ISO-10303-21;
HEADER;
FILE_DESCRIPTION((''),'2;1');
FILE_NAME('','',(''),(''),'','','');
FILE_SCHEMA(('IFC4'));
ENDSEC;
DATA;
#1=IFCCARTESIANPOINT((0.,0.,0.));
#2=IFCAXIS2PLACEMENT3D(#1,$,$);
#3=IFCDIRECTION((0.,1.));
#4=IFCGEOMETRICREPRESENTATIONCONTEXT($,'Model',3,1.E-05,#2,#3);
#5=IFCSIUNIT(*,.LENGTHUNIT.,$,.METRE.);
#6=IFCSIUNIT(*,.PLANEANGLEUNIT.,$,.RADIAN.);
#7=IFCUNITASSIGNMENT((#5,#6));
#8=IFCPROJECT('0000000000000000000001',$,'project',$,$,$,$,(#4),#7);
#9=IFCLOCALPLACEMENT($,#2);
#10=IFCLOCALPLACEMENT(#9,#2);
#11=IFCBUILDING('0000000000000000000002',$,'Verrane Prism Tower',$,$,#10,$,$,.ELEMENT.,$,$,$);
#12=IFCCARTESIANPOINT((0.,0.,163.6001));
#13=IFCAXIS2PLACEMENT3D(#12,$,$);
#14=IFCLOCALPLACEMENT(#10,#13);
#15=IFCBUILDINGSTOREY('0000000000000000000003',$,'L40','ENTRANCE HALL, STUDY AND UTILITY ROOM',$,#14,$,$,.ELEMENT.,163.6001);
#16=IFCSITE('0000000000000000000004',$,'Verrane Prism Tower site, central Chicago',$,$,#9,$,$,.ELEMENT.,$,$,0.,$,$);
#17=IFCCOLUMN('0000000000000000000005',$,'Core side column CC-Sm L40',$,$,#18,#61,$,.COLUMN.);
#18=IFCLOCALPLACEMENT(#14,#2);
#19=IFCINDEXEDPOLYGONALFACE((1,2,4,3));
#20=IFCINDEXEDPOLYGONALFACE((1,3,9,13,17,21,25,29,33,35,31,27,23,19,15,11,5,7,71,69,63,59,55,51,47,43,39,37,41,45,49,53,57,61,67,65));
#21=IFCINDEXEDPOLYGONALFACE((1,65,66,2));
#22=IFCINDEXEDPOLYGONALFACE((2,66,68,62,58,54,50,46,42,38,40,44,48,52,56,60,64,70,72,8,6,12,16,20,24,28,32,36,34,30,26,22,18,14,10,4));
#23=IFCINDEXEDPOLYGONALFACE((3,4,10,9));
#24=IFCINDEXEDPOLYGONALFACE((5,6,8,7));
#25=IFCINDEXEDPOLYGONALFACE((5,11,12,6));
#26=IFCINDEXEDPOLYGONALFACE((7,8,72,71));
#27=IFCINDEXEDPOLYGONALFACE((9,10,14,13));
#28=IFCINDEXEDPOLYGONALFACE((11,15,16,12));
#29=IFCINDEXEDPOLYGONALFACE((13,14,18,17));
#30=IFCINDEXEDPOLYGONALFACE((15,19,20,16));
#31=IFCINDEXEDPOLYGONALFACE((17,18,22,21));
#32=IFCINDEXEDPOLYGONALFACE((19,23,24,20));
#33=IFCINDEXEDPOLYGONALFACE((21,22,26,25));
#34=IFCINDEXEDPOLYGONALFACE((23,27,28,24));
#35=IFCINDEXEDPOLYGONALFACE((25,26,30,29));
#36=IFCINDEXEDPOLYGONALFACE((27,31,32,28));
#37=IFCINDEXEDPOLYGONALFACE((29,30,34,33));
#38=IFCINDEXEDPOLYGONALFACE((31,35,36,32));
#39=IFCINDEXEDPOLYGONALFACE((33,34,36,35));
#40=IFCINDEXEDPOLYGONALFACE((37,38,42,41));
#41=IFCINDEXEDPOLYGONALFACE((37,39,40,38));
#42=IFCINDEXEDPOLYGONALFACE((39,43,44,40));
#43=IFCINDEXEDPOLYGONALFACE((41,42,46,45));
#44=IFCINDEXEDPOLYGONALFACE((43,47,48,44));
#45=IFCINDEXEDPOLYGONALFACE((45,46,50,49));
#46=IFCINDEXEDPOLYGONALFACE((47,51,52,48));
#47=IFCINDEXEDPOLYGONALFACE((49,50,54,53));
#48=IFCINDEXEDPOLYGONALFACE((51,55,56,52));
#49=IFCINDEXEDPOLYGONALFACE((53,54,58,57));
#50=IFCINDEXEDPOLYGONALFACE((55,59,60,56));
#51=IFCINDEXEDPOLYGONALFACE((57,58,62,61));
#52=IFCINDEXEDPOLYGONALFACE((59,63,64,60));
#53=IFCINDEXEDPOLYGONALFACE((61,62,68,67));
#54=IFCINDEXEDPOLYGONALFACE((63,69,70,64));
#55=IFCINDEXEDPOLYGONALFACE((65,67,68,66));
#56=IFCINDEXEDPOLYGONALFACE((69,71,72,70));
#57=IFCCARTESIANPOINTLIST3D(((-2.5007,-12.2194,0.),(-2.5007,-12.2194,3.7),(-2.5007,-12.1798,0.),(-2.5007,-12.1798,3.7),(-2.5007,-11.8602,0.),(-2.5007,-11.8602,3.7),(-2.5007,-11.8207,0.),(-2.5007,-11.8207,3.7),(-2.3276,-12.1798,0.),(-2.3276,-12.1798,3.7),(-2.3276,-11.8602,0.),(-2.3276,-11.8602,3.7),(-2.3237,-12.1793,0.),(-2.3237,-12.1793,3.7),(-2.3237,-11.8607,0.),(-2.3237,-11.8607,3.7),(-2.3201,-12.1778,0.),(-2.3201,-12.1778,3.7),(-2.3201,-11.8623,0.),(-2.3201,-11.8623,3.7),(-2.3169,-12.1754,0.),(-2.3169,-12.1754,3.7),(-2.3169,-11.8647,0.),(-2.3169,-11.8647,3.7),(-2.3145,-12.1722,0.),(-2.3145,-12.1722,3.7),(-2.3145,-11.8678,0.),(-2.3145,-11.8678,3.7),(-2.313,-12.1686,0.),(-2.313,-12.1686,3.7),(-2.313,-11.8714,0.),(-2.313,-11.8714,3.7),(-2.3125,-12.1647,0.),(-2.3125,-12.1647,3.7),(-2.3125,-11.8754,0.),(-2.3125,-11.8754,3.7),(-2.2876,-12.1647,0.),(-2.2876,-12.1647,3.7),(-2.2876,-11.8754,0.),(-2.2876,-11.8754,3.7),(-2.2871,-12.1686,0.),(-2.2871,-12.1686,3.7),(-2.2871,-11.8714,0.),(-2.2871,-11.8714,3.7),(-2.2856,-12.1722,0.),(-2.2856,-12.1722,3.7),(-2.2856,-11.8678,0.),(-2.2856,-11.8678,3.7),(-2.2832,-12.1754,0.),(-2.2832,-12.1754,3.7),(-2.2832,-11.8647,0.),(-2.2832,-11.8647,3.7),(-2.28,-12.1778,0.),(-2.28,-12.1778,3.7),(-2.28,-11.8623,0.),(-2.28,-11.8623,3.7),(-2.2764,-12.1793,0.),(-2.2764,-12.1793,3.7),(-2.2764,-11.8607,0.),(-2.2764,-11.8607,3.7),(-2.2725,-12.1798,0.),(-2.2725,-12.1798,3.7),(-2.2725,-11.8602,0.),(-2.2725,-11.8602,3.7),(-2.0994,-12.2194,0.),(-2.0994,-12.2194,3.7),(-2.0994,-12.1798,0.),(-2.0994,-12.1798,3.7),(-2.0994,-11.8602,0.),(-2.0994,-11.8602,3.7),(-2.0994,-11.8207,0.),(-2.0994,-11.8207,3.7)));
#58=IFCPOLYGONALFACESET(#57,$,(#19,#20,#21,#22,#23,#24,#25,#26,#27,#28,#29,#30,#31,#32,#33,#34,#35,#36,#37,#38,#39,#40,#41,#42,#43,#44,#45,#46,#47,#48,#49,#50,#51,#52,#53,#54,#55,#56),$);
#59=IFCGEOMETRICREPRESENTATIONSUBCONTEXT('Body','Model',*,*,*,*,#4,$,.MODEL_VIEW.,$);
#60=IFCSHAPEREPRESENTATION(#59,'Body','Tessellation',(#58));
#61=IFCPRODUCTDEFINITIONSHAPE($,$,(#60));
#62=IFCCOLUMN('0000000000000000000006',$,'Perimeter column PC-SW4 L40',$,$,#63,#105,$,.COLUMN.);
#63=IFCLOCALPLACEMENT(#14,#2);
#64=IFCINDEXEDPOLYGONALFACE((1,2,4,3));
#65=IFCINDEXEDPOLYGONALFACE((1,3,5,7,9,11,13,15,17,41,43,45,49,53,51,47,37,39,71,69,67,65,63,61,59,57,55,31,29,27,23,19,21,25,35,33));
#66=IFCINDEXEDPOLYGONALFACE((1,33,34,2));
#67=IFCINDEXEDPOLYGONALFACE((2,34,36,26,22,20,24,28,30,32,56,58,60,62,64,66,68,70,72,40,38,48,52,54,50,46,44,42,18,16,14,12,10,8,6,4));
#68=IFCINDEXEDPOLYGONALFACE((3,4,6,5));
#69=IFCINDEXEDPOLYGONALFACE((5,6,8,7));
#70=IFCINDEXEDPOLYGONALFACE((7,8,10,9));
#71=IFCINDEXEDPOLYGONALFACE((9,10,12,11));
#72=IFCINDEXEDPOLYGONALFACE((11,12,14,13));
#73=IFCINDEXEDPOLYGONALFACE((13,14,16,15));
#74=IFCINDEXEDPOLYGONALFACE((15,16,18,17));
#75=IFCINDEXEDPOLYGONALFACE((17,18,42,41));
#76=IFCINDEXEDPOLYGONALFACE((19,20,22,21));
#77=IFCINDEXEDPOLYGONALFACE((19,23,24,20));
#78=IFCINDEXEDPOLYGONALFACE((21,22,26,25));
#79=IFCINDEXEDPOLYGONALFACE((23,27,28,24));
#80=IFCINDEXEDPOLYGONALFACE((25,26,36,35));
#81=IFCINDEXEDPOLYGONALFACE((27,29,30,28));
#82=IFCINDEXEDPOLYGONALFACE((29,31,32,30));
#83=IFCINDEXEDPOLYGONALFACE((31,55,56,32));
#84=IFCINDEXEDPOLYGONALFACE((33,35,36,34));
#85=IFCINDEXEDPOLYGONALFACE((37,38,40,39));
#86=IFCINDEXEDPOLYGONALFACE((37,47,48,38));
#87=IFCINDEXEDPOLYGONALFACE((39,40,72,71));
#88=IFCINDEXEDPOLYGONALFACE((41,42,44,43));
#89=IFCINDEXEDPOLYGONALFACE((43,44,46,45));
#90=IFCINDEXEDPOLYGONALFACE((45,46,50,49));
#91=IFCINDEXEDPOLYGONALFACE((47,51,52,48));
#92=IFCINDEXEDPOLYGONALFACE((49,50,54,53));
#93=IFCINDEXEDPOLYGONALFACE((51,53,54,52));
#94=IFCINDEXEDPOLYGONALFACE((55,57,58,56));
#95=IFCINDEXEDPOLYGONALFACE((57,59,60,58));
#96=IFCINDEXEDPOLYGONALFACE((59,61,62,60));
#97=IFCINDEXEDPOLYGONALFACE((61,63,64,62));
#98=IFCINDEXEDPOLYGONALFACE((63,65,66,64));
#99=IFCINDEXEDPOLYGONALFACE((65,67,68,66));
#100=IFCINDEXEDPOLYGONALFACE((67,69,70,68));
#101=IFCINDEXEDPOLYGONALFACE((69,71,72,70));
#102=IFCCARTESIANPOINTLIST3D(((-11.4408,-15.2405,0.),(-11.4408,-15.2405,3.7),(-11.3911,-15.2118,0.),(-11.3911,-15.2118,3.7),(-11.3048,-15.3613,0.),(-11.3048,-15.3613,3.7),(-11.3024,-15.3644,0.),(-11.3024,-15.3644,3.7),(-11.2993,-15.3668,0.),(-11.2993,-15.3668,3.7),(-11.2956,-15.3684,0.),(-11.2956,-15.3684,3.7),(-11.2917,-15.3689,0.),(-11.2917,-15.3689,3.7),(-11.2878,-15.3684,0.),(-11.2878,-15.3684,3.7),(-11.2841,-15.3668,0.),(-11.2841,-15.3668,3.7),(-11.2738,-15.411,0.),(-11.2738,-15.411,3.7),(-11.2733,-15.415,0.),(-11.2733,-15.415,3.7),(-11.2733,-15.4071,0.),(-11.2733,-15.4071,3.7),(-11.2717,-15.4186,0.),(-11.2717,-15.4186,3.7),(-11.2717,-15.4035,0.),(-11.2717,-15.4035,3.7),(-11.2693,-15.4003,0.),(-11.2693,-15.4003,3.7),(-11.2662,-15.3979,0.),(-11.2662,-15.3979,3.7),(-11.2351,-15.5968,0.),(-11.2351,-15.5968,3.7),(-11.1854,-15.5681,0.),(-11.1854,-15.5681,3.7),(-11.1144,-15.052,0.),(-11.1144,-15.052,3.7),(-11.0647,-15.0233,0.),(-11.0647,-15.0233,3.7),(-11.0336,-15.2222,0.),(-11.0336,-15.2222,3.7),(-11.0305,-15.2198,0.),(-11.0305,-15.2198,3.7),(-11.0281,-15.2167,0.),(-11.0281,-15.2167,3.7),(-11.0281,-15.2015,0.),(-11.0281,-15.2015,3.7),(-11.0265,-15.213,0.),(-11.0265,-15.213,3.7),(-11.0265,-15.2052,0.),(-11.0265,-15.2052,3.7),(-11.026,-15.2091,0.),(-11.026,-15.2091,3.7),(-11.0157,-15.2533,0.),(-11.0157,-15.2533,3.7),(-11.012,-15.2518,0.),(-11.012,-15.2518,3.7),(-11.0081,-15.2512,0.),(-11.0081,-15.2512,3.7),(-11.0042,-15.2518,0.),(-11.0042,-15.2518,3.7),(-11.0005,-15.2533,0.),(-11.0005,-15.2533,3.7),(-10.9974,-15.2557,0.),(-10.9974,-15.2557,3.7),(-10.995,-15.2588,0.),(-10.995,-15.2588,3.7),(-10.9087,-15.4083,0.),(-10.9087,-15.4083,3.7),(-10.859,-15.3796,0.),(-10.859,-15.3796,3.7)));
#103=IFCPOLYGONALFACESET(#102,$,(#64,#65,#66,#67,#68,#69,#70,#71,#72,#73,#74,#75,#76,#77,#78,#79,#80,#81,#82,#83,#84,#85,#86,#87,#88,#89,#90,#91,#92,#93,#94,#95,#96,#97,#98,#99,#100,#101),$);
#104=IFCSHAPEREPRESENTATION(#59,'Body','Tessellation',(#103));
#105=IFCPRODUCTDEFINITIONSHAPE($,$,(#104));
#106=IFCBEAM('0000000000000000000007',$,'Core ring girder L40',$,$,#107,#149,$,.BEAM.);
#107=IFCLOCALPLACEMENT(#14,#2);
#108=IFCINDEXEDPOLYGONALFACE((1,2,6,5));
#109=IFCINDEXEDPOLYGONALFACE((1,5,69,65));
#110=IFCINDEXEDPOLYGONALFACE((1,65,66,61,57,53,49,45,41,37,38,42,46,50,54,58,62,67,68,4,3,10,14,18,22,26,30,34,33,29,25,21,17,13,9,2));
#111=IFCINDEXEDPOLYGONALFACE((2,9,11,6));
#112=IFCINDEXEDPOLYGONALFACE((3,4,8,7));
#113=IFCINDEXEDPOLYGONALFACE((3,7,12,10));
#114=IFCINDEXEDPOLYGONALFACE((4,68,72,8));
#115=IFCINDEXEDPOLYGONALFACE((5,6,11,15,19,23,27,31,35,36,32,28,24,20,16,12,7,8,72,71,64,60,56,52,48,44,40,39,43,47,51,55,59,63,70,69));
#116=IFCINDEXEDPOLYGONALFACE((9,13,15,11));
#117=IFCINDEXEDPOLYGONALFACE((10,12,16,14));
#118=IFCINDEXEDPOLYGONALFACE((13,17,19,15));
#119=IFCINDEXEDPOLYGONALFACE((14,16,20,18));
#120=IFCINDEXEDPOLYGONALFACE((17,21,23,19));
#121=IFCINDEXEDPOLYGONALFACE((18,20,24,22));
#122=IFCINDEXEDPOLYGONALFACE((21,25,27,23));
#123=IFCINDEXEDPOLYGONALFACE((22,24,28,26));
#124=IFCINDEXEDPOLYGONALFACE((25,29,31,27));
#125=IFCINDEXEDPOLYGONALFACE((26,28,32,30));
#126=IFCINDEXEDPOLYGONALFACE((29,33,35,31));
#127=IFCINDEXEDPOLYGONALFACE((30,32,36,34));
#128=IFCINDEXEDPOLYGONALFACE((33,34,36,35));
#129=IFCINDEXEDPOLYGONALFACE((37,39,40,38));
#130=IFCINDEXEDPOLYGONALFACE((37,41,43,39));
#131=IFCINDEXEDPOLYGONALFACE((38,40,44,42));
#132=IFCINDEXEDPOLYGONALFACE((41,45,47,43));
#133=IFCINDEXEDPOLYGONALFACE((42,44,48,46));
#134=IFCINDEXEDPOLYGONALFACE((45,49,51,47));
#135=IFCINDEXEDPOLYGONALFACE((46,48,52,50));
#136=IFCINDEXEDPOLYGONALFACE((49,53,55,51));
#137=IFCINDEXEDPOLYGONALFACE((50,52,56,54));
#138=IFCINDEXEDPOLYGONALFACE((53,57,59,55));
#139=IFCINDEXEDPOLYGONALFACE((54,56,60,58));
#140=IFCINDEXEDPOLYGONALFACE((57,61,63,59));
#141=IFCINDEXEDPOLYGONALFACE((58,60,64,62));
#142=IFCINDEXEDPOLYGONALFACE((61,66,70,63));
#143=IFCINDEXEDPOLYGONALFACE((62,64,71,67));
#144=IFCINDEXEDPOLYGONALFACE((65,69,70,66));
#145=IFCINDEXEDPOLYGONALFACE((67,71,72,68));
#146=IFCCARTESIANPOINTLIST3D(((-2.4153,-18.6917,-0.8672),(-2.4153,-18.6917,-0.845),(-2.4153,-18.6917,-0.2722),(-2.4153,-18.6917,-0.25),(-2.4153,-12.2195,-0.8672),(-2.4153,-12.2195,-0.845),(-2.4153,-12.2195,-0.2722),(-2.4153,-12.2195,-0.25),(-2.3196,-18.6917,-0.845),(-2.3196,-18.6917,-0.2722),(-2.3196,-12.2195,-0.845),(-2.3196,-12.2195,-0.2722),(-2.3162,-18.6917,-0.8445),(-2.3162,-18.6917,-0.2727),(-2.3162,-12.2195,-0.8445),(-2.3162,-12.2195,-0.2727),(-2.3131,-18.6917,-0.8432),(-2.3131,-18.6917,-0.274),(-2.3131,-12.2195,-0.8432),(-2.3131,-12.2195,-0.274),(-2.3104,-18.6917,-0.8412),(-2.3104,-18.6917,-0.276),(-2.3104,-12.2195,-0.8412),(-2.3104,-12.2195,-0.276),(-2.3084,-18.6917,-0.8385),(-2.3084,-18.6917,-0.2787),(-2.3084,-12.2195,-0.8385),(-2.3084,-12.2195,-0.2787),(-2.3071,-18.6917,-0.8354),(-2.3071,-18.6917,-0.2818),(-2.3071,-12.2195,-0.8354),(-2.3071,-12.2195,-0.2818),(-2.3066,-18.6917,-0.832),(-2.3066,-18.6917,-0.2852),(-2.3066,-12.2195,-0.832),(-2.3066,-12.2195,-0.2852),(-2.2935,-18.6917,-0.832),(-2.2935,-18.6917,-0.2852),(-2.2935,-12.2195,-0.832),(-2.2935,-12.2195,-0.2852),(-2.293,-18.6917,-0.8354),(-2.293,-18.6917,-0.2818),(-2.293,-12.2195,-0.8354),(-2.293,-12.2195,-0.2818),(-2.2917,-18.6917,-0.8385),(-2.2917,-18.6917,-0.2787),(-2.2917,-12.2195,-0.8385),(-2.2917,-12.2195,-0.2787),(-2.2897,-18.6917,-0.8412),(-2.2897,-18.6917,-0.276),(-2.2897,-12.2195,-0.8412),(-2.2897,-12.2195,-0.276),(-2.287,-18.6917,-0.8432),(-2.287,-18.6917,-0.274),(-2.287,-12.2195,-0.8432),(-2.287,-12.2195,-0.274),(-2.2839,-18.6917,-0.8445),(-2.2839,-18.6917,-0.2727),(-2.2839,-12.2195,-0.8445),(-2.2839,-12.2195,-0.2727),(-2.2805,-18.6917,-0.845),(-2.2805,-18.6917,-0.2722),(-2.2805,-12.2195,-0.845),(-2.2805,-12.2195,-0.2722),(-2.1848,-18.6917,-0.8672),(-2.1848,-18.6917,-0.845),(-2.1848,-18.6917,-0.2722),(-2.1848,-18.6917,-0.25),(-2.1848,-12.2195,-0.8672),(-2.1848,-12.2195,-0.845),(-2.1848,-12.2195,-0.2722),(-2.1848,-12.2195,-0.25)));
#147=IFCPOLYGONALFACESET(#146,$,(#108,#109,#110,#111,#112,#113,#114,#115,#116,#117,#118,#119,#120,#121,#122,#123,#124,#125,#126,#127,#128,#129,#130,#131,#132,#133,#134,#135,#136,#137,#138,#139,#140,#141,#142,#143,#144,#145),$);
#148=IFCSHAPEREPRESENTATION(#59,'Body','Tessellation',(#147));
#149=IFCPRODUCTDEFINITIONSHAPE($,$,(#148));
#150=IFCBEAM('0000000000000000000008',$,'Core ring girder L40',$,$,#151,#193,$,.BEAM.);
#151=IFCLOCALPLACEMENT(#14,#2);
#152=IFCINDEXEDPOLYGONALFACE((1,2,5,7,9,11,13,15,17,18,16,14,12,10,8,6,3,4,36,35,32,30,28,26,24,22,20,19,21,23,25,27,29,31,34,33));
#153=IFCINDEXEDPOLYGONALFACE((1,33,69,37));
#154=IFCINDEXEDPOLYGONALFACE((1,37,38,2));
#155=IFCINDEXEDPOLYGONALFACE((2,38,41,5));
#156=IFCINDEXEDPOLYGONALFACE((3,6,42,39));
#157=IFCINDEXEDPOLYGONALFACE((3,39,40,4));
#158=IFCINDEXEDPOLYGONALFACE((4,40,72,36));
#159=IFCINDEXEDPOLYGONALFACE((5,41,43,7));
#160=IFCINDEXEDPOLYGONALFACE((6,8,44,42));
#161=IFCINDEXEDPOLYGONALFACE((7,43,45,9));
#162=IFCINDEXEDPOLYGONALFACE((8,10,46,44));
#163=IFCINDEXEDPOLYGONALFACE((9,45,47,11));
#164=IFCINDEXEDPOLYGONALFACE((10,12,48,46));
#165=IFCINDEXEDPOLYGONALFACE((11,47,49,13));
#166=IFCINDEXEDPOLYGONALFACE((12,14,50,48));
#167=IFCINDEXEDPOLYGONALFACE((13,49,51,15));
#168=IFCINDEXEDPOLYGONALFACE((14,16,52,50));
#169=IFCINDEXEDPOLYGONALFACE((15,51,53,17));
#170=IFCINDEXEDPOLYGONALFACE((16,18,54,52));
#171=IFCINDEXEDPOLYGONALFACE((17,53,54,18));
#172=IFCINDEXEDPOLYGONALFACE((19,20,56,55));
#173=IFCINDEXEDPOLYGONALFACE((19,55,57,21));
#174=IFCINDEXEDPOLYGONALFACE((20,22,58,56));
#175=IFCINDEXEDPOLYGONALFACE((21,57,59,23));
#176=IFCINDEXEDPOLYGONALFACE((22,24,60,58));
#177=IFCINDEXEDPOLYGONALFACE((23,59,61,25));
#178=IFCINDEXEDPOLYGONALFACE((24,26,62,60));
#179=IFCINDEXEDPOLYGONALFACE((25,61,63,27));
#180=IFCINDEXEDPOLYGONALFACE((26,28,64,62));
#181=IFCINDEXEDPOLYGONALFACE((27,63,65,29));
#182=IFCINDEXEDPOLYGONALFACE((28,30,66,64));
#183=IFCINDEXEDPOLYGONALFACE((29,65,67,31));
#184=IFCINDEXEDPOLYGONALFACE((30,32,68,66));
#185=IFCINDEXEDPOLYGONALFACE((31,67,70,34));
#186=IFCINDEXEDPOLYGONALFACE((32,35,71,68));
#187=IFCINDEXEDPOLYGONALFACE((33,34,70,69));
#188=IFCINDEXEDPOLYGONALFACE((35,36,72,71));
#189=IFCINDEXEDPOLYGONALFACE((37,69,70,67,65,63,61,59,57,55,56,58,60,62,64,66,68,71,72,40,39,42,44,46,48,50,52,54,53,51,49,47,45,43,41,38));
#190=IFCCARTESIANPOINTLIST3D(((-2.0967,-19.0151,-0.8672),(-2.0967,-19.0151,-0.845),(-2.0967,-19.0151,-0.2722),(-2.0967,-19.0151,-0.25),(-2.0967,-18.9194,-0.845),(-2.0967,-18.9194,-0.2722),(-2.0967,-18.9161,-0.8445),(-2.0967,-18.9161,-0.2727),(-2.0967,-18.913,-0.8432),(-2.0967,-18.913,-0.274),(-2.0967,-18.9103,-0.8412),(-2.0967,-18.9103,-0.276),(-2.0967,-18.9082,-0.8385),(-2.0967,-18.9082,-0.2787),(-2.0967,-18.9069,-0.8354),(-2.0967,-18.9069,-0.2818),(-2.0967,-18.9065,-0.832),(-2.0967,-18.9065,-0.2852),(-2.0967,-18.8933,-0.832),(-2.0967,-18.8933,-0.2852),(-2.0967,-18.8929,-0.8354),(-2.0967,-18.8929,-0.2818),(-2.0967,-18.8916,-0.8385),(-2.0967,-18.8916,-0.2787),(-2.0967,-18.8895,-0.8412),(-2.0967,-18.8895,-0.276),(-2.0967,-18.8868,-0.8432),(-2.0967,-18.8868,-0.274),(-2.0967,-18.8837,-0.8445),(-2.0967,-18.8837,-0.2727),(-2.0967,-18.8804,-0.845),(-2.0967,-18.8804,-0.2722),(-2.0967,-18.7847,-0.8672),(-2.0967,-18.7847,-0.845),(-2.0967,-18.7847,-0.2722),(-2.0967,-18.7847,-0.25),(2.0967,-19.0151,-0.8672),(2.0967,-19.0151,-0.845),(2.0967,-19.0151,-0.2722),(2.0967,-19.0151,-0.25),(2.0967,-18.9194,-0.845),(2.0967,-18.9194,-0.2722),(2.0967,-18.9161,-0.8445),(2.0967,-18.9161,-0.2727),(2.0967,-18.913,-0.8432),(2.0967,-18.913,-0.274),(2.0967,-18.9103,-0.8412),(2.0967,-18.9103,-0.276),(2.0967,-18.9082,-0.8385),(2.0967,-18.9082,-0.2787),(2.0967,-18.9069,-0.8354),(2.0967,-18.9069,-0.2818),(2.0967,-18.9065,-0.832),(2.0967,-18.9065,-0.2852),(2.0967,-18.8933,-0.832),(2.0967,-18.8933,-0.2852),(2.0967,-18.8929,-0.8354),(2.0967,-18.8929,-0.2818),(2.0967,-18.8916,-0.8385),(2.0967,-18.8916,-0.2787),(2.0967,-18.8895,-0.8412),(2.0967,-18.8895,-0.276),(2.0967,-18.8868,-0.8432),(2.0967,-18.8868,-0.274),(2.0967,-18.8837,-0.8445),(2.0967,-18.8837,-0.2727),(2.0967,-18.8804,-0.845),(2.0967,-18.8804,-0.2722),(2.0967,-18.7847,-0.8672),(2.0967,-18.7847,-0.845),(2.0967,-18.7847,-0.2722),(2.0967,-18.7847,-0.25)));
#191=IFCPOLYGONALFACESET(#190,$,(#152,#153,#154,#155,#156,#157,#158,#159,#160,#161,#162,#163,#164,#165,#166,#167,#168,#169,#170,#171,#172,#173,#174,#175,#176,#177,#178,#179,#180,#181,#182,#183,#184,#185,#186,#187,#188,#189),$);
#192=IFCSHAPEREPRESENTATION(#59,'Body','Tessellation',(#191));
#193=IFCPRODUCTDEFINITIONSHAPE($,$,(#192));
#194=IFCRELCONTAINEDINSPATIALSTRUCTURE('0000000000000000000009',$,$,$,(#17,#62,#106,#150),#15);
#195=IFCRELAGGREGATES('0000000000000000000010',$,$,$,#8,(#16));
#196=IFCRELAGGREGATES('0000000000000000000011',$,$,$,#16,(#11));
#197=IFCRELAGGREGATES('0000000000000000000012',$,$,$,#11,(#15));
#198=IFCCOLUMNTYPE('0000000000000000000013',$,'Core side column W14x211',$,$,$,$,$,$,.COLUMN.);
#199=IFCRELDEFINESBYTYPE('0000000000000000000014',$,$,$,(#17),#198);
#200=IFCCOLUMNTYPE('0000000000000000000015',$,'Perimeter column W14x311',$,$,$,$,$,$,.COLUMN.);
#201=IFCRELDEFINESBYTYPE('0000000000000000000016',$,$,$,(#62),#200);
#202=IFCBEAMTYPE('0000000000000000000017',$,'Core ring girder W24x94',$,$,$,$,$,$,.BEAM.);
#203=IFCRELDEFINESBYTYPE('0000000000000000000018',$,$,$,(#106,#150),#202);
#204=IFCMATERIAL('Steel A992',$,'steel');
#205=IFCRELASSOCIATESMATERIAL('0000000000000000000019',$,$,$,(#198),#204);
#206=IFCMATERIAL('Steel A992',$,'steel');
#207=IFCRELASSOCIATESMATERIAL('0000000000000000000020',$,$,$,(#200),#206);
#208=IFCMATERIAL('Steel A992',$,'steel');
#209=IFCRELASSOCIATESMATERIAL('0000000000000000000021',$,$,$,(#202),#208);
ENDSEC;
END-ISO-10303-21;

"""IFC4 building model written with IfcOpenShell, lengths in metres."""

from ifc_helpers import new_model, si_unit, direction, frame, origin, origin_2d, place, context, subcontext, project, spatial, i_section, extrude, material, material_profile, profile_set, type_object, element, save


model = new_model("IFC4")

# Units and contexts
model_context = context("Model", 3, precision=1e-05, world=origin(), true_north=direction((0.0, 1.0)))
body_context = subcontext(model_context, "Body", "Model", "MODEL_VIEW")
ifc_project = project(units=[si_unit("LENGTHUNIT", "METRE"), si_unit("PLANEANGLEUNIT", "RADIAN")], contexts=[model_context])

# Site, building, storey
site_placement = place(None, origin())
site = spatial("IfcSite", under=ifc_project, at=site_placement, Name="Verrane Prism Tower site, central Chicago", CompositionType="ELEMENT", RefElevation=0.0)
building_placement = place(site_placement, origin())
building = spatial("IfcBuilding", under=site, at=building_placement, Name="Verrane Prism Tower", CompositionType="ELEMENT")
storey_placement = place(building_placement, frame((0.0, 0.0, 163.6001)))
storey = spatial("IfcBuildingStorey", under=building, at=storey_placement, Name="L40", Description="ENTRANCE HALL, STUDY AND UTILITY ROOM", CompositionType="ELEMENT", Elevation=163.6001)

# Columns
ifc_material_1 = material(Name="Steel A992", Category="steel")
ifc_material_profile_1 = material_profile(ifc_material_1, i_section(OverallWidth=0.4014, OverallDepth=0.3987, WebThickness=0.0249, FlangeThickness=0.0396, FilletRadius=0.0151, at=origin_2d()), Name="W14x211")
ifc_profile_set_1 = profile_set([ifc_material_profile_1], Name="Steel A992")
column_type_1 = type_object("IfcColumnType", Name="Core side column W14x211", PredefinedType="COLUMN", material=ifc_profile_set_1)
column_1_placement = place(storey_placement, frame((-2.3, -12.02, 0.0), z_axis=(0.0, 0.0, 1.0), x_axis=(1.0, 0.0, 0.0)))
element("IfcColumn", 1, at=column_1_placement, inside=storey, type_object=column_type_1, Name="Core side column CC-Sm L40", PredefinedType="COLUMN", context=body_context, shape_type="SweptSolid", body=[
    extrude(i_section(OverallWidth=0.4014, OverallDepth=0.3987, WebThickness=0.0249, FlangeThickness=0.0396, FilletRadius=0.0151, at=origin_2d()), origin(), (0.0, 0.0, 1.0), 3.7),
])
ifc_material_2 = material(Name="Steel A992", Category="steel")
ifc_material_profile_2 = material_profile(ifc_material_2, i_section(OverallWidth=0.4114, OverallDepth=0.4343, WebThickness=0.0359, FlangeThickness=0.0574, FilletRadius=0.0151, at=origin_2d()), Name="W14x311")
ifc_profile_set_2 = profile_set([ifc_material_profile_2], Name="Steel A992")
column_type_2 = type_object("IfcColumnType", Name="Perimeter column W14x311", PredefinedType="COLUMN", material=ifc_profile_set_2)
column_2_placement = place(storey_placement, frame((-11.1499, -15.3101, 0.0), z_axis=(0.0, 0.0, 1.0), x_axis=(-0.5, 0.866025, 0.0)))
element("IfcColumn", 2, at=column_2_placement, inside=storey, type_object=column_type_2, Name="Perimeter column PC-SW4 L40", PredefinedType="COLUMN", context=body_context, shape_type="SweptSolid", body=[
    extrude(i_section(OverallWidth=0.4114, OverallDepth=0.4343, WebThickness=0.0359, FlangeThickness=0.0574, FilletRadius=0.0151, at=origin_2d()), origin(), (0.0, 0.0, 1.0), 3.7),
])

# Beams
ifc_material_3 = material(Name="Steel A992", Category="steel")
ifc_material_profile_3 = material_profile(ifc_material_3, i_section(OverallWidth=0.2305, OverallDepth=0.6172, WebThickness=0.0132, FlangeThickness=0.0222, FilletRadius=0.0129, at=origin_2d()), Name="W24x94")
ifc_profile_set_3 = profile_set([ifc_material_profile_3], Name="Steel A992")
beam_type_1 = type_object("IfcBeamType", Name="Core ring girder W24x94", PredefinedType="BEAM", material=ifc_profile_set_3)
beam_1_placement = place(storey_placement, frame((-2.3, -12.2195, -0.5586), z_axis=(0.0, -1.0, 0.0), x_axis=(1.0, 0.0, 0.0)))
element("IfcBeam", 3, at=beam_1_placement, inside=storey, type_object=beam_type_1, Name="Core ring girder L40", PredefinedType="BEAM", context=body_context, shape_type="SweptSolid", body=[
    extrude(i_section(OverallWidth=0.2305, OverallDepth=0.6172, WebThickness=0.0132, FlangeThickness=0.0222, FilletRadius=0.0129, at=origin_2d()), origin(), (0.0, 0.0, 1.0), 6.4722),
])
beam_2_placement = place(storey_placement, frame((-2.0967, -18.8999, -0.5586), z_axis=(1.0, 0.0, 0.0), x_axis=(0.0, 1.0, 0.0)))
element("IfcBeam", 4, at=beam_2_placement, inside=storey, type_object=beam_type_1, Name="Core ring girder L40", PredefinedType="BEAM", context=body_context, shape_type="SweptSolid", body=[
    extrude(i_section(OverallWidth=0.2305, OverallDepth=0.6172, WebThickness=0.0132, FlangeThickness=0.0222, FilletRadius=0.0129, at=origin_2d()), origin(), (0.0, 0.0, 1.0), 4.1934),
])

save(model, "model.ifc")
